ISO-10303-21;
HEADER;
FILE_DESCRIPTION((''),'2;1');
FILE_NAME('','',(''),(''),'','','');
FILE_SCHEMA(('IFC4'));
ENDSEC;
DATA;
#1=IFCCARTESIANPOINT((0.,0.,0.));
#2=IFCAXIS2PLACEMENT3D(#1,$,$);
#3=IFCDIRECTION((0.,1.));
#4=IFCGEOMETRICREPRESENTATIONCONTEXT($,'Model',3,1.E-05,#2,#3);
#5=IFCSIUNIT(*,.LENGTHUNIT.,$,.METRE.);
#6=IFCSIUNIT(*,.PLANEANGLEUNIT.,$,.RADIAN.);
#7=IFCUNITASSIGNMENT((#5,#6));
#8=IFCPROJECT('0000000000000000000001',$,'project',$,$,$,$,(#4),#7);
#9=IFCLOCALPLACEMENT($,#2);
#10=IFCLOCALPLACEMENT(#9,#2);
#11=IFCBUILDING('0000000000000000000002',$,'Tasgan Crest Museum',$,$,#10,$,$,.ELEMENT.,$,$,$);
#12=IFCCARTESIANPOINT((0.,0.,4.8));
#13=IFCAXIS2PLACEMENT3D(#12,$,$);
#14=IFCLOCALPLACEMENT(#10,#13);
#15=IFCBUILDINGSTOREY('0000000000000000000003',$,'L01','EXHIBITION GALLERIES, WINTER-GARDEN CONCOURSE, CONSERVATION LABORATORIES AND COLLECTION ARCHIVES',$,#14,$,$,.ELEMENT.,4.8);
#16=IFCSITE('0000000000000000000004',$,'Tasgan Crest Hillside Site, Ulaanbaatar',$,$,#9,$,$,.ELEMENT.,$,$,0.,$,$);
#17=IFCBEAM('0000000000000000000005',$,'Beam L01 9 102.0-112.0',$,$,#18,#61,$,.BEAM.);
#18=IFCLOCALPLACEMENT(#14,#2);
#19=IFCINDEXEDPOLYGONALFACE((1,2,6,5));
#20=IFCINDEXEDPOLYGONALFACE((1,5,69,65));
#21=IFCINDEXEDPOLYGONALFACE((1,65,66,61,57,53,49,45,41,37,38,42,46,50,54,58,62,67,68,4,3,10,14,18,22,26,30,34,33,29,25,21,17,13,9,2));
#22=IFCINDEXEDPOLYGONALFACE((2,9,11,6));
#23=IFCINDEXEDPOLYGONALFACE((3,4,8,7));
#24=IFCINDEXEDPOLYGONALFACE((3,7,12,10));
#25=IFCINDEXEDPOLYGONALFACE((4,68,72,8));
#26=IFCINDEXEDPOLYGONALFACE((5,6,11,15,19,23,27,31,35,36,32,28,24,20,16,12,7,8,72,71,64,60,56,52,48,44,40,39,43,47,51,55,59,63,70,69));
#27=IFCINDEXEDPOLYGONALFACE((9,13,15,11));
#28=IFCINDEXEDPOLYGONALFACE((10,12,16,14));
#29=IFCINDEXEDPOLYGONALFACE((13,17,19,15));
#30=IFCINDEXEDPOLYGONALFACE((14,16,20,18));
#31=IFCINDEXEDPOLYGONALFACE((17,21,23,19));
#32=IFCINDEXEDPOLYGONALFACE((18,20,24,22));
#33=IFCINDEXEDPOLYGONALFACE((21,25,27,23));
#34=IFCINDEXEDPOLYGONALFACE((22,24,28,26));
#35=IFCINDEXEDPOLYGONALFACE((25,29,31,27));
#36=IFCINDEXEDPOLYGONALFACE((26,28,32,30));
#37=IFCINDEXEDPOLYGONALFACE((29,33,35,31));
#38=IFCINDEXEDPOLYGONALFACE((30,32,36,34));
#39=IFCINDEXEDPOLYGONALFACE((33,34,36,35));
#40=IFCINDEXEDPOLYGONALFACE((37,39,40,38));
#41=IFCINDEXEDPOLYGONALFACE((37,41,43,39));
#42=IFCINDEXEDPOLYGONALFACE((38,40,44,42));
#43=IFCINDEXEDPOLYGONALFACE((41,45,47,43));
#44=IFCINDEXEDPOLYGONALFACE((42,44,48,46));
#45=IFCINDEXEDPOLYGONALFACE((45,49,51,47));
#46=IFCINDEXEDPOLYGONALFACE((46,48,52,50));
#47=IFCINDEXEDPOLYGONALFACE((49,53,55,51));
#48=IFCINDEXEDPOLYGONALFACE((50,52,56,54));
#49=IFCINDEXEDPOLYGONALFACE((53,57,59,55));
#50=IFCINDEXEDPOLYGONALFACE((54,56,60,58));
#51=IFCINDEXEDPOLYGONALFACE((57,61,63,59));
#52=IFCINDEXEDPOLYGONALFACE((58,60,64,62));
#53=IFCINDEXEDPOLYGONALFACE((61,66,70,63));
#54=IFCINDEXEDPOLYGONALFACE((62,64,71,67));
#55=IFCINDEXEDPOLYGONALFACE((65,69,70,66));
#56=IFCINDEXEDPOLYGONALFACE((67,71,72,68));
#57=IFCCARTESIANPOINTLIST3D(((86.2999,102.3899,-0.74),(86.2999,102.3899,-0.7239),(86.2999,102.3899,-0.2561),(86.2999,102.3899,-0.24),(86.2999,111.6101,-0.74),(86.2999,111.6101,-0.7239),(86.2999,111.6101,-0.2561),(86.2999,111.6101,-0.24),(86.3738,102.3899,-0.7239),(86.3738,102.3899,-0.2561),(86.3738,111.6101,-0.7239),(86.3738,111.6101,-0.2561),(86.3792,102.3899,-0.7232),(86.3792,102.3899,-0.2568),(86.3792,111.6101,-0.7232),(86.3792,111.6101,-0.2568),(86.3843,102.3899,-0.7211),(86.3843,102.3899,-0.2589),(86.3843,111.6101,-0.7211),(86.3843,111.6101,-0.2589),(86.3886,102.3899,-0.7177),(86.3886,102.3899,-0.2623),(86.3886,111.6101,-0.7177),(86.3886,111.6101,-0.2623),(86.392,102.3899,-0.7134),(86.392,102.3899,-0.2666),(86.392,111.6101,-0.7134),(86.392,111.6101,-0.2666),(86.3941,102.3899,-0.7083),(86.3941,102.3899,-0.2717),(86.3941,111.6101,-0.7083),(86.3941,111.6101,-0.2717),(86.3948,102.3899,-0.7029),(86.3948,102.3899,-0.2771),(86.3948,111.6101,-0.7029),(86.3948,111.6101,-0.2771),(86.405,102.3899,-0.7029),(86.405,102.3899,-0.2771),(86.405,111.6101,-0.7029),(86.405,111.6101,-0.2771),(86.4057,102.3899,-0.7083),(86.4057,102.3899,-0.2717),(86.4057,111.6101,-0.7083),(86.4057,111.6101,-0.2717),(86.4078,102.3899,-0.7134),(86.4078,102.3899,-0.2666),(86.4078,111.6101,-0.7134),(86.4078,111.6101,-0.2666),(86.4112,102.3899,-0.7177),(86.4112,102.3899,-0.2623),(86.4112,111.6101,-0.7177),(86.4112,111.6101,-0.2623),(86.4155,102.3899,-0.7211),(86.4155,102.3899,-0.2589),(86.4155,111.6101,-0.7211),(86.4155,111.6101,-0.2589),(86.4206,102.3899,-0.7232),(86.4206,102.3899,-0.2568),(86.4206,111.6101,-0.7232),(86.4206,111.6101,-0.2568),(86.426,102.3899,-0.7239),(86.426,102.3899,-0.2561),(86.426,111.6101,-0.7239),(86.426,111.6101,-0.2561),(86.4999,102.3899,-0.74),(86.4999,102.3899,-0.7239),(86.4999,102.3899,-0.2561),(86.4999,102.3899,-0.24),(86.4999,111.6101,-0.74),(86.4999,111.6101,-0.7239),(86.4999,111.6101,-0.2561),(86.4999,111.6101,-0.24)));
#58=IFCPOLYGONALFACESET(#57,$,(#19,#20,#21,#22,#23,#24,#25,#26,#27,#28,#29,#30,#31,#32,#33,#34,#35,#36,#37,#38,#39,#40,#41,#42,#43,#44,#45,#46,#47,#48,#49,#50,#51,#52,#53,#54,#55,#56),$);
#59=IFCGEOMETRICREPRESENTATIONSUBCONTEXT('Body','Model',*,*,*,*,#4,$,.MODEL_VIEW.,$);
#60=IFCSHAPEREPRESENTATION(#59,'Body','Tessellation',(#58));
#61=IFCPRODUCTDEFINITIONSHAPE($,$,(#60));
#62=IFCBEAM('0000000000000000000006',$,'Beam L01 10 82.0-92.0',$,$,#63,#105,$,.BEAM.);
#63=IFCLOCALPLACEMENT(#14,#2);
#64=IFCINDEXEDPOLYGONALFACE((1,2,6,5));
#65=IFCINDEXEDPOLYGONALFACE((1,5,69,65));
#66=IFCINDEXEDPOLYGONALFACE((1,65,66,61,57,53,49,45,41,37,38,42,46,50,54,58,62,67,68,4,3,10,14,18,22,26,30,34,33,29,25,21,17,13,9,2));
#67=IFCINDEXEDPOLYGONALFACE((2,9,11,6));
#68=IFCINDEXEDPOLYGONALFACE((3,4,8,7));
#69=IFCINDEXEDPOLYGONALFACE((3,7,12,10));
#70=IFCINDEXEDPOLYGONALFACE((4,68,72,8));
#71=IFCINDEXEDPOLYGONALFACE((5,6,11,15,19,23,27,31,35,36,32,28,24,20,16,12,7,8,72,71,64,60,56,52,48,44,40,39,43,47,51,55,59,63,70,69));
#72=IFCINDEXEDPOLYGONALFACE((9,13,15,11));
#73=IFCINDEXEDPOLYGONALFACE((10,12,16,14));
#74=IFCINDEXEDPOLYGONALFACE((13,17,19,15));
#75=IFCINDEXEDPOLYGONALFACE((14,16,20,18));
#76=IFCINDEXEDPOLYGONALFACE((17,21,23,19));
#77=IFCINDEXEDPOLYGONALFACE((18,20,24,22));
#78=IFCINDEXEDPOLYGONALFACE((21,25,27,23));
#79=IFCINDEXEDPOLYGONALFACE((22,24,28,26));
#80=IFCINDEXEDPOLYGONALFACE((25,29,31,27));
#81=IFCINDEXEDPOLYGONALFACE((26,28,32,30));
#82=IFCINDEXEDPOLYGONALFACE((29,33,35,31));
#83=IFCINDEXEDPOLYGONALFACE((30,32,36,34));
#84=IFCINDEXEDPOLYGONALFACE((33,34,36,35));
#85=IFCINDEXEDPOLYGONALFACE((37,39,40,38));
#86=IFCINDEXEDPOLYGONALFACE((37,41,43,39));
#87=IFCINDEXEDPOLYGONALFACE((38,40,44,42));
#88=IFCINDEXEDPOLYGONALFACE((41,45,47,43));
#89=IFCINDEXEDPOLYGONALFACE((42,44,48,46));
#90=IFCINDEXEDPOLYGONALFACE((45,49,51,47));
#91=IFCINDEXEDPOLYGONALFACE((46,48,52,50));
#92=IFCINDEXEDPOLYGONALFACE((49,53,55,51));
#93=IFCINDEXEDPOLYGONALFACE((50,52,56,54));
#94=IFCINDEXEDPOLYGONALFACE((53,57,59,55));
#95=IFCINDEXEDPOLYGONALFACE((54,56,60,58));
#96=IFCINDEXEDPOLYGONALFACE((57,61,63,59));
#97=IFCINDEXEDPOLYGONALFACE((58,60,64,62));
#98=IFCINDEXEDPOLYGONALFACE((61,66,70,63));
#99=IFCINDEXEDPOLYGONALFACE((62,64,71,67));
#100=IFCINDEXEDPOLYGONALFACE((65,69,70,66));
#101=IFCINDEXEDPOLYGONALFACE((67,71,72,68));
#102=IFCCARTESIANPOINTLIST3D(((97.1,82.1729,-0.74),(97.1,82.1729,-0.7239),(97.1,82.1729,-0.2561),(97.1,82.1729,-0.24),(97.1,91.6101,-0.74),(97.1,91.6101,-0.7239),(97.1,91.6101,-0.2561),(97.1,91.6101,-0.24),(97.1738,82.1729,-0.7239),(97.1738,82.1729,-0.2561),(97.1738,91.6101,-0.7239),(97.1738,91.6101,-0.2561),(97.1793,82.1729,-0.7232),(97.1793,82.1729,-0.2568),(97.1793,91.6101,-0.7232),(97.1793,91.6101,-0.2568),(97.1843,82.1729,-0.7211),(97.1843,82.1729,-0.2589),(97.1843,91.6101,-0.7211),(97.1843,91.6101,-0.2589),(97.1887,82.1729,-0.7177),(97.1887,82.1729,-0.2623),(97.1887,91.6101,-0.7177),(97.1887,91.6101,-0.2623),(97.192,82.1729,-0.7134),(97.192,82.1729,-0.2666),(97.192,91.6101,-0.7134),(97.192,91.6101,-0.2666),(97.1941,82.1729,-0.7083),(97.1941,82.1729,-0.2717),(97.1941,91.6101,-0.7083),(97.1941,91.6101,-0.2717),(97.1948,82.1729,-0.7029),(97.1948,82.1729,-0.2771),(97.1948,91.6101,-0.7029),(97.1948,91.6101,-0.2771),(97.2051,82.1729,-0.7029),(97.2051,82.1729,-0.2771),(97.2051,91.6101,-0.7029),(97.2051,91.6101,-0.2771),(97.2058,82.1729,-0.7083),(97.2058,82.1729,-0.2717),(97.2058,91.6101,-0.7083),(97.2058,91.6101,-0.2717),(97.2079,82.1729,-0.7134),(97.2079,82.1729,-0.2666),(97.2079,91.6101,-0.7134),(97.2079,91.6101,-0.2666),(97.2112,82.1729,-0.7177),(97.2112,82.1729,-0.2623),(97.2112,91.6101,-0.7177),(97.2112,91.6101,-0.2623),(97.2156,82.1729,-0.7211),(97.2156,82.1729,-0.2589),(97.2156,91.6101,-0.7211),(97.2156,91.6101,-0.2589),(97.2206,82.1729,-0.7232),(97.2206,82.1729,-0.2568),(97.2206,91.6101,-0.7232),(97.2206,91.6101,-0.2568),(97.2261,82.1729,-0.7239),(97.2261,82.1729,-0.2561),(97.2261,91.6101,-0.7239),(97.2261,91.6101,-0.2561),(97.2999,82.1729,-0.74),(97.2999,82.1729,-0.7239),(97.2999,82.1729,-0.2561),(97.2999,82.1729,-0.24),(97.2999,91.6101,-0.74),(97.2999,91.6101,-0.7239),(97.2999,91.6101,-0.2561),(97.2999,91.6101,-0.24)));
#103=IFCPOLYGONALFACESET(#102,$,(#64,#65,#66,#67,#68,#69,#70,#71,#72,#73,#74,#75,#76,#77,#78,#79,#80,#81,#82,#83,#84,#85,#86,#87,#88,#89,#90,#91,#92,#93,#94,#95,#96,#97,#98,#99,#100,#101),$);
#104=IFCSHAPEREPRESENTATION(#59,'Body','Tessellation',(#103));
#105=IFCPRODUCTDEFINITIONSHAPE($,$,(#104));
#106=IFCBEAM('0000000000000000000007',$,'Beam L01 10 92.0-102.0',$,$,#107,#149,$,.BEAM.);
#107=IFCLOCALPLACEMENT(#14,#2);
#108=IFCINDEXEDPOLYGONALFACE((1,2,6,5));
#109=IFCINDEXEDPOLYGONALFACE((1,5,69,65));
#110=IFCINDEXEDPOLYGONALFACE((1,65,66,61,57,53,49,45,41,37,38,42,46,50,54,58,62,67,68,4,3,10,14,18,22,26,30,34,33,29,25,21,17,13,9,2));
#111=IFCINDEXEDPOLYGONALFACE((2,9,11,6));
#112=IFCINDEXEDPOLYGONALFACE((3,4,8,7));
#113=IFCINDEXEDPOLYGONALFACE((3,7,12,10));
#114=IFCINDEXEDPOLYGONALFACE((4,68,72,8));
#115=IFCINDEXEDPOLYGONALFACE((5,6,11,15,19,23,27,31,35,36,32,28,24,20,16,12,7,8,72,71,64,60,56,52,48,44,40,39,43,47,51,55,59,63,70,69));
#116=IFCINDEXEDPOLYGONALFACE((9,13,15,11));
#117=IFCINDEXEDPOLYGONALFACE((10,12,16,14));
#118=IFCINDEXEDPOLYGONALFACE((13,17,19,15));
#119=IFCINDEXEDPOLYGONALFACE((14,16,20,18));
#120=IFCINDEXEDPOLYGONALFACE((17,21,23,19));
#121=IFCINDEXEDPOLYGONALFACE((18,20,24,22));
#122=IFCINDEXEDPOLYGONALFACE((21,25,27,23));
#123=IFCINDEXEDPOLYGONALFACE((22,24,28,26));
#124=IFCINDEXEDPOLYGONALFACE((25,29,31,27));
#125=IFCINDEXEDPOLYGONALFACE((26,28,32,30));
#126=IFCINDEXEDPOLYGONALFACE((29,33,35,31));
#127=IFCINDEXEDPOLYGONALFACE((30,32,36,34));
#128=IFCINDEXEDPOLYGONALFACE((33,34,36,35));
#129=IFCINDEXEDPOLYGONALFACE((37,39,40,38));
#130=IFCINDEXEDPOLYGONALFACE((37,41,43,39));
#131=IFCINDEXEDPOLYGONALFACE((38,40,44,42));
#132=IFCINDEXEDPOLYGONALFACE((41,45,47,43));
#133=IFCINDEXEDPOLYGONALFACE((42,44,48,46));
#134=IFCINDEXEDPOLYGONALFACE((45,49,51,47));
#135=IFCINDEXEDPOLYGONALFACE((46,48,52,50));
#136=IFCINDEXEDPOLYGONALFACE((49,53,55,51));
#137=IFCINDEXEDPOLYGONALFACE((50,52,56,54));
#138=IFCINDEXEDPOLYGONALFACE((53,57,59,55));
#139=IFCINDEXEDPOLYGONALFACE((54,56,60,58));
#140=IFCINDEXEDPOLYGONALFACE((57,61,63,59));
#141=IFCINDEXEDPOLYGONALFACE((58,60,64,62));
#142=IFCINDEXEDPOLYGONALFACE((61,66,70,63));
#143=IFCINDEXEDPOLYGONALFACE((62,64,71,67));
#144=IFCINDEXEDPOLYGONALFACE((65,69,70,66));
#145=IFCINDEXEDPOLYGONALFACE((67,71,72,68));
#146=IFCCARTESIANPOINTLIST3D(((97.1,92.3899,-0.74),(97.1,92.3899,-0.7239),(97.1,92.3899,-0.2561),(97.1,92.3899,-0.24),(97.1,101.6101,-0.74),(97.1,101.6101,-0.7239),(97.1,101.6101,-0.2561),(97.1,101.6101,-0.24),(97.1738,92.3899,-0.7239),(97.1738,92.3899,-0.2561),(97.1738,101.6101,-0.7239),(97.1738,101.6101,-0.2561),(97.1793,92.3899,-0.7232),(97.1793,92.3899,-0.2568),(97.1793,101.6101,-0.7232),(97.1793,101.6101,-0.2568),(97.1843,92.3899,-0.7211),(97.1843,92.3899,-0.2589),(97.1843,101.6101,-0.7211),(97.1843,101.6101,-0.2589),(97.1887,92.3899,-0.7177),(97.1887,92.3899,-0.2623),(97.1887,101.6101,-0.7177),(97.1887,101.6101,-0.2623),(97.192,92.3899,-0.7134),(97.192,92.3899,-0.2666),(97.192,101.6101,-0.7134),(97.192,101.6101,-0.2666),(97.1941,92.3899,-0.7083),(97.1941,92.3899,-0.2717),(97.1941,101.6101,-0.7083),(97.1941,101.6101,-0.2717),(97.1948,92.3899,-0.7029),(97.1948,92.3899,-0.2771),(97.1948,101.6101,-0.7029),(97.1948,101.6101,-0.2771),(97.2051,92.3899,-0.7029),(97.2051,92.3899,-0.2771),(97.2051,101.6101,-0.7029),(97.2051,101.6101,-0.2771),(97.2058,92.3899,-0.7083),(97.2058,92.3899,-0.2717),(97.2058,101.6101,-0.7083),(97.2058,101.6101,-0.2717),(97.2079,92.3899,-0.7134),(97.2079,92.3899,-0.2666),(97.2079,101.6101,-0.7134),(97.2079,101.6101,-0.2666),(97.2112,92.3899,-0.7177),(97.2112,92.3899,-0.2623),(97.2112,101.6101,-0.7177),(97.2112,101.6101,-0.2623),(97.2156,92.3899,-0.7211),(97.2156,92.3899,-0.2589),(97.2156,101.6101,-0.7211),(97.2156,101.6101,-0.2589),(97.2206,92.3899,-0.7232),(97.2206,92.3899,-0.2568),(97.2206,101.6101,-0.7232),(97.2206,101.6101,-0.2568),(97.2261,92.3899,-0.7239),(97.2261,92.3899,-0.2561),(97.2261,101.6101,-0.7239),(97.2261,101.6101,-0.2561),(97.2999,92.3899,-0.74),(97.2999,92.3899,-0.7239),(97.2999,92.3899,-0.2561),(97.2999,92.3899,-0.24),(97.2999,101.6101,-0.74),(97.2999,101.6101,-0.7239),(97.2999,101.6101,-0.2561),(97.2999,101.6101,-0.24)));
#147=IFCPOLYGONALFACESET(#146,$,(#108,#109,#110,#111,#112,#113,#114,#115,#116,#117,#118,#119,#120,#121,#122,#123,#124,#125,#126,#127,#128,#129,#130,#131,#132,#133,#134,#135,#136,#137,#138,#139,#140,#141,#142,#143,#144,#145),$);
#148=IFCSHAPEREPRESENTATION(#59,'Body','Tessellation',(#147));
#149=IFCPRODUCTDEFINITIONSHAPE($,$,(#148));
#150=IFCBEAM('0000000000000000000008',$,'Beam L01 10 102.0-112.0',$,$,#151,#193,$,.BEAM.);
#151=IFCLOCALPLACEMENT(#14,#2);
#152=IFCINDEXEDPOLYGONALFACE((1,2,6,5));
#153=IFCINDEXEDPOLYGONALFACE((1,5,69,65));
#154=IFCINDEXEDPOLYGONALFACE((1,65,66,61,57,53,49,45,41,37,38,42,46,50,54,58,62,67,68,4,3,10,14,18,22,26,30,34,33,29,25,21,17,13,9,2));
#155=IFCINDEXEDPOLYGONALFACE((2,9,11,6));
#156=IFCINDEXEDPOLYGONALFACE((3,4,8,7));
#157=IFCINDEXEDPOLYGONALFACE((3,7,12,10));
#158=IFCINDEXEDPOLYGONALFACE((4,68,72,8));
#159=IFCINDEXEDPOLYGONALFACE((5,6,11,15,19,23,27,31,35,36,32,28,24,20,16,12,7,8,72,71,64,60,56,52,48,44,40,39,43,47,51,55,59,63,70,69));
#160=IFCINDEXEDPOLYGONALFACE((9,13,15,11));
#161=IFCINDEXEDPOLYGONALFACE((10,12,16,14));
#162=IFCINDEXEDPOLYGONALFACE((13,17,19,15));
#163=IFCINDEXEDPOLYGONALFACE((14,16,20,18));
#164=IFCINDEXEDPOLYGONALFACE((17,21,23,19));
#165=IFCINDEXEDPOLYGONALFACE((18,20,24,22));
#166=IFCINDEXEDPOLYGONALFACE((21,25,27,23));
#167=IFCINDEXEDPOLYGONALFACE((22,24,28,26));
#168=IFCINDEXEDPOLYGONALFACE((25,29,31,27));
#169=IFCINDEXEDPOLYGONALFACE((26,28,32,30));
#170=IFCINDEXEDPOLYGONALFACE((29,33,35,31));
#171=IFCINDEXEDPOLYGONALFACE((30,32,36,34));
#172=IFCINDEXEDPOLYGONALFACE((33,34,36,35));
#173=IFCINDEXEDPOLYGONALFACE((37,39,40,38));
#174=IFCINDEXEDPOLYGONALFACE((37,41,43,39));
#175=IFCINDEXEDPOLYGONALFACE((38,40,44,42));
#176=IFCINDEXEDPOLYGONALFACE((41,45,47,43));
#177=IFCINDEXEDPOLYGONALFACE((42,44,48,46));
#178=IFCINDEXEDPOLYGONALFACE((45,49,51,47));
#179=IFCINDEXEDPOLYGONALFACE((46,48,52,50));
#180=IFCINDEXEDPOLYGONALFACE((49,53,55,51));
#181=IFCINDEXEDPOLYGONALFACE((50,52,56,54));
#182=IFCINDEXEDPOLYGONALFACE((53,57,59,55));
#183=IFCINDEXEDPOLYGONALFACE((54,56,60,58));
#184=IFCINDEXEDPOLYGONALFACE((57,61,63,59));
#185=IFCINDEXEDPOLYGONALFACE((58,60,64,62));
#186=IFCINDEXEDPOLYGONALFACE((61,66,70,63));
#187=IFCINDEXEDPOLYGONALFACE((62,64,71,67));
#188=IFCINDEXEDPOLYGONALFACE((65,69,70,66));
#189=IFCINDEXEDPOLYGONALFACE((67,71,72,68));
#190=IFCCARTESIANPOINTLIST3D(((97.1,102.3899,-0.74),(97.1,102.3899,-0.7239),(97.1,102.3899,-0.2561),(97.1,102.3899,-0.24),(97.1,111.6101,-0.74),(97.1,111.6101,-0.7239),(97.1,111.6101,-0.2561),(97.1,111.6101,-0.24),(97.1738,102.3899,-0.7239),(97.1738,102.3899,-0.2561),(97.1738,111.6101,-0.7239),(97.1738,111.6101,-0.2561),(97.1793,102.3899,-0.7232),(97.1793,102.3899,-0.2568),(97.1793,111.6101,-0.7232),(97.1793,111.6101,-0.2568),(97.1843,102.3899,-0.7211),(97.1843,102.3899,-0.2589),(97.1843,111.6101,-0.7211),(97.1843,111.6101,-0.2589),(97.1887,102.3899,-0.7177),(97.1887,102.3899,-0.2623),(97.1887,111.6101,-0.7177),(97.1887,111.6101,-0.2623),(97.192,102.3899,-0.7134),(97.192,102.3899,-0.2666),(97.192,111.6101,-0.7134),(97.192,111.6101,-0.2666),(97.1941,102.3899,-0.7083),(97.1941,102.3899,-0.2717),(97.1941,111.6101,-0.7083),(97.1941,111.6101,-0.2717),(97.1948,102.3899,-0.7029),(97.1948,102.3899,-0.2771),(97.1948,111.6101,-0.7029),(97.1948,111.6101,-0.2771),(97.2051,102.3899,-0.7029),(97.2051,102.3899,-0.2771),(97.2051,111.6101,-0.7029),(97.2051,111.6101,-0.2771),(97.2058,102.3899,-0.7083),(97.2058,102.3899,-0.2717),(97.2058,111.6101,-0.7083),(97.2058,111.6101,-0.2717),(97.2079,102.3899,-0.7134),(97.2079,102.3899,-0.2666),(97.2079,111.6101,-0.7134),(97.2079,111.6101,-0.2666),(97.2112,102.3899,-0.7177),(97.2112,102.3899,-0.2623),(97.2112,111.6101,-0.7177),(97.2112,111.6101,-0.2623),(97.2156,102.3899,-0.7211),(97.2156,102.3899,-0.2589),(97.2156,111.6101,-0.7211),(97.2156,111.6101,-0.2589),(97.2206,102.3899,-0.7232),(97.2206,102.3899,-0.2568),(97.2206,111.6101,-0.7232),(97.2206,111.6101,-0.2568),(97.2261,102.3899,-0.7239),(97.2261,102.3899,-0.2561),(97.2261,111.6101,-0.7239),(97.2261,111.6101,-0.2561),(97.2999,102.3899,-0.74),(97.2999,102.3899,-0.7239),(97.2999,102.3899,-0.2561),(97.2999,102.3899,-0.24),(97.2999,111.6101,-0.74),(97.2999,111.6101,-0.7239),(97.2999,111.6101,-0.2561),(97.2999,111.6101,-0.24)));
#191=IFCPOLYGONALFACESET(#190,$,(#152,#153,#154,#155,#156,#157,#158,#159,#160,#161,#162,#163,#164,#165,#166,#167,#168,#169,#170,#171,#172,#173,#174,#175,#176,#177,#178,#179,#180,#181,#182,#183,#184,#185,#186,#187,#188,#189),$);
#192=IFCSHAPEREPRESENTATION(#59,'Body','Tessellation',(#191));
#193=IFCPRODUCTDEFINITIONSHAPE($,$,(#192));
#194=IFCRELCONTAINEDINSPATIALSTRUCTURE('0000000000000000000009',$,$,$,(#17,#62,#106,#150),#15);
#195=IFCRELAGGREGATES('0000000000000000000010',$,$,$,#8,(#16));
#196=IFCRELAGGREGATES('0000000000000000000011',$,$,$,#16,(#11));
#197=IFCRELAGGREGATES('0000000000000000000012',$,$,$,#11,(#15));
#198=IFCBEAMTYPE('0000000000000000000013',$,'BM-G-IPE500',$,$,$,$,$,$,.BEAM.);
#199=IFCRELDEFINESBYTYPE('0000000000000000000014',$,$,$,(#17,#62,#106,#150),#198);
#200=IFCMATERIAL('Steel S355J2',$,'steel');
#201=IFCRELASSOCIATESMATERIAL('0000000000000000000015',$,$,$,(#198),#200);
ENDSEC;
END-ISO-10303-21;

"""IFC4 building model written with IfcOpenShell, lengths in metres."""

from ifc_helpers import new_model, si_unit, direction, frame, origin, origin_2d, place, context, subcontext, project, spatial, i_section, extrude, material, material_profile, profile_set, type_object, element, save


model = new_model("IFC4")

# Units and contexts
model_context = context("Model", 3, precision=1e-05, world=origin(), true_north=direction((0.0, 1.0)))
body_context = subcontext(model_context, "Body", "Model", "MODEL_VIEW")
ifc_project = project(units=[si_unit("LENGTHUNIT", "METRE"), si_unit("PLANEANGLEUNIT", "RADIAN")], contexts=[model_context])

# Site, building, storey
site_placement = place(None, origin())
site = spatial("IfcSite", under=ifc_project, at=site_placement, Name="Tasgan Crest Hillside Site, Ulaanbaatar", CompositionType="ELEMENT", RefElevation=0.0)
building_placement = place(site_placement, origin())
building = spatial("IfcBuilding", under=site, at=building_placement, Name="Tasgan Crest Museum", CompositionType="ELEMENT")
storey_placement = place(building_placement, frame((0.0, 0.0, 4.8)))
storey = spatial("IfcBuildingStorey", under=building, at=storey_placement, Name="L01", Description="EXHIBITION GALLERIES, WINTER-GARDEN CONCOURSE, CONSERVATION LABORATORIES AND COLLECTION ARCHIVES", CompositionType="ELEMENT", Elevation=4.8)

# Beams
ifc_material_1 = material(Name="Steel S355J2", Category="steel")
ifc_material_profile_1 = material_profile(ifc_material_1, i_section(OverallWidth=0.2, OverallDepth=0.5, WebThickness=0.0103, FlangeThickness=0.0161, FilletRadius=0.021, at=origin_2d()), Name="IPE 500")
ifc_profile_set_1 = profile_set([ifc_material_profile_1], Name="Steel S355J2")
beam_type_1 = type_object("IfcBeamType", Name="BM-G-IPE500", PredefinedType="BEAM", material=ifc_profile_set_1)
for number, where, z_axis, x_axis, name in (
    (1, (86.3999, 102.3899, -0.49), (0.0, 1.0, 0.0), (-1.0, 0.0, 0.0), "Beam L01 9 102.0-112.0"),
):
    element("IfcBeam", number, at=place(storey_placement, frame(where, z_axis=z_axis, x_axis=x_axis)), inside=storey, type_object=beam_type_1, Name=name, PredefinedType="BEAM", context=body_context, shape_type="SweptSolid", body=[
        extrude(i_section(OverallWidth=0.2, OverallDepth=0.5, WebThickness=0.0103, FlangeThickness=0.0161, FilletRadius=0.021, at=origin_2d()), origin(), (0.0, 0.0, 1.0), 9.2202),
    ])
beam_1_placement = place(storey_placement, frame((97.2, 82.1729, -0.49), z_axis=(0.0, 1.0, 0.0), x_axis=(-1.0, 0.0, 0.0)))
element("IfcBeam", 2, at=beam_1_placement, inside=storey, type_object=beam_type_1, Name="Beam L01 10 82.0-92.0", PredefinedType="BEAM", context=body_context, shape_type="SweptSolid", body=[
    extrude(i_section(OverallWidth=0.2, OverallDepth=0.5, WebThickness=0.0103, FlangeThickness=0.0161, FilletRadius=0.021, at=origin_2d()), origin(), (0.0, 0.0, 1.0), 9.4373),
])
for number, where, z_axis, x_axis, name in (
    (3, (97.2, 92.3899, -0.49), (0.0, 1.0, 0.0), (-1.0, 0.0, 0.0), "Beam L01 10 92.0-102.0"),
    (4, (97.2, 102.3899, -0.49), (0.0, 1.0, 0.0), (-1.0, 0.0, 0.0), "Beam L01 10 102.0-112.0"),
):
    element("IfcBeam", number, at=place(storey_placement, frame(where, z_axis=z_axis, x_axis=x_axis)), inside=storey, type_object=beam_type_1, Name=name, PredefinedType="BEAM", context=body_context, shape_type="SweptSolid", body=[
        extrude(i_section(OverallWidth=0.2, OverallDepth=0.5, WebThickness=0.0103, FlangeThickness=0.0161, FilletRadius=0.021, at=origin_2d()), origin(), (0.0, 0.0, 1.0), 9.2202),
    ])

save(model, "model.ifc")
